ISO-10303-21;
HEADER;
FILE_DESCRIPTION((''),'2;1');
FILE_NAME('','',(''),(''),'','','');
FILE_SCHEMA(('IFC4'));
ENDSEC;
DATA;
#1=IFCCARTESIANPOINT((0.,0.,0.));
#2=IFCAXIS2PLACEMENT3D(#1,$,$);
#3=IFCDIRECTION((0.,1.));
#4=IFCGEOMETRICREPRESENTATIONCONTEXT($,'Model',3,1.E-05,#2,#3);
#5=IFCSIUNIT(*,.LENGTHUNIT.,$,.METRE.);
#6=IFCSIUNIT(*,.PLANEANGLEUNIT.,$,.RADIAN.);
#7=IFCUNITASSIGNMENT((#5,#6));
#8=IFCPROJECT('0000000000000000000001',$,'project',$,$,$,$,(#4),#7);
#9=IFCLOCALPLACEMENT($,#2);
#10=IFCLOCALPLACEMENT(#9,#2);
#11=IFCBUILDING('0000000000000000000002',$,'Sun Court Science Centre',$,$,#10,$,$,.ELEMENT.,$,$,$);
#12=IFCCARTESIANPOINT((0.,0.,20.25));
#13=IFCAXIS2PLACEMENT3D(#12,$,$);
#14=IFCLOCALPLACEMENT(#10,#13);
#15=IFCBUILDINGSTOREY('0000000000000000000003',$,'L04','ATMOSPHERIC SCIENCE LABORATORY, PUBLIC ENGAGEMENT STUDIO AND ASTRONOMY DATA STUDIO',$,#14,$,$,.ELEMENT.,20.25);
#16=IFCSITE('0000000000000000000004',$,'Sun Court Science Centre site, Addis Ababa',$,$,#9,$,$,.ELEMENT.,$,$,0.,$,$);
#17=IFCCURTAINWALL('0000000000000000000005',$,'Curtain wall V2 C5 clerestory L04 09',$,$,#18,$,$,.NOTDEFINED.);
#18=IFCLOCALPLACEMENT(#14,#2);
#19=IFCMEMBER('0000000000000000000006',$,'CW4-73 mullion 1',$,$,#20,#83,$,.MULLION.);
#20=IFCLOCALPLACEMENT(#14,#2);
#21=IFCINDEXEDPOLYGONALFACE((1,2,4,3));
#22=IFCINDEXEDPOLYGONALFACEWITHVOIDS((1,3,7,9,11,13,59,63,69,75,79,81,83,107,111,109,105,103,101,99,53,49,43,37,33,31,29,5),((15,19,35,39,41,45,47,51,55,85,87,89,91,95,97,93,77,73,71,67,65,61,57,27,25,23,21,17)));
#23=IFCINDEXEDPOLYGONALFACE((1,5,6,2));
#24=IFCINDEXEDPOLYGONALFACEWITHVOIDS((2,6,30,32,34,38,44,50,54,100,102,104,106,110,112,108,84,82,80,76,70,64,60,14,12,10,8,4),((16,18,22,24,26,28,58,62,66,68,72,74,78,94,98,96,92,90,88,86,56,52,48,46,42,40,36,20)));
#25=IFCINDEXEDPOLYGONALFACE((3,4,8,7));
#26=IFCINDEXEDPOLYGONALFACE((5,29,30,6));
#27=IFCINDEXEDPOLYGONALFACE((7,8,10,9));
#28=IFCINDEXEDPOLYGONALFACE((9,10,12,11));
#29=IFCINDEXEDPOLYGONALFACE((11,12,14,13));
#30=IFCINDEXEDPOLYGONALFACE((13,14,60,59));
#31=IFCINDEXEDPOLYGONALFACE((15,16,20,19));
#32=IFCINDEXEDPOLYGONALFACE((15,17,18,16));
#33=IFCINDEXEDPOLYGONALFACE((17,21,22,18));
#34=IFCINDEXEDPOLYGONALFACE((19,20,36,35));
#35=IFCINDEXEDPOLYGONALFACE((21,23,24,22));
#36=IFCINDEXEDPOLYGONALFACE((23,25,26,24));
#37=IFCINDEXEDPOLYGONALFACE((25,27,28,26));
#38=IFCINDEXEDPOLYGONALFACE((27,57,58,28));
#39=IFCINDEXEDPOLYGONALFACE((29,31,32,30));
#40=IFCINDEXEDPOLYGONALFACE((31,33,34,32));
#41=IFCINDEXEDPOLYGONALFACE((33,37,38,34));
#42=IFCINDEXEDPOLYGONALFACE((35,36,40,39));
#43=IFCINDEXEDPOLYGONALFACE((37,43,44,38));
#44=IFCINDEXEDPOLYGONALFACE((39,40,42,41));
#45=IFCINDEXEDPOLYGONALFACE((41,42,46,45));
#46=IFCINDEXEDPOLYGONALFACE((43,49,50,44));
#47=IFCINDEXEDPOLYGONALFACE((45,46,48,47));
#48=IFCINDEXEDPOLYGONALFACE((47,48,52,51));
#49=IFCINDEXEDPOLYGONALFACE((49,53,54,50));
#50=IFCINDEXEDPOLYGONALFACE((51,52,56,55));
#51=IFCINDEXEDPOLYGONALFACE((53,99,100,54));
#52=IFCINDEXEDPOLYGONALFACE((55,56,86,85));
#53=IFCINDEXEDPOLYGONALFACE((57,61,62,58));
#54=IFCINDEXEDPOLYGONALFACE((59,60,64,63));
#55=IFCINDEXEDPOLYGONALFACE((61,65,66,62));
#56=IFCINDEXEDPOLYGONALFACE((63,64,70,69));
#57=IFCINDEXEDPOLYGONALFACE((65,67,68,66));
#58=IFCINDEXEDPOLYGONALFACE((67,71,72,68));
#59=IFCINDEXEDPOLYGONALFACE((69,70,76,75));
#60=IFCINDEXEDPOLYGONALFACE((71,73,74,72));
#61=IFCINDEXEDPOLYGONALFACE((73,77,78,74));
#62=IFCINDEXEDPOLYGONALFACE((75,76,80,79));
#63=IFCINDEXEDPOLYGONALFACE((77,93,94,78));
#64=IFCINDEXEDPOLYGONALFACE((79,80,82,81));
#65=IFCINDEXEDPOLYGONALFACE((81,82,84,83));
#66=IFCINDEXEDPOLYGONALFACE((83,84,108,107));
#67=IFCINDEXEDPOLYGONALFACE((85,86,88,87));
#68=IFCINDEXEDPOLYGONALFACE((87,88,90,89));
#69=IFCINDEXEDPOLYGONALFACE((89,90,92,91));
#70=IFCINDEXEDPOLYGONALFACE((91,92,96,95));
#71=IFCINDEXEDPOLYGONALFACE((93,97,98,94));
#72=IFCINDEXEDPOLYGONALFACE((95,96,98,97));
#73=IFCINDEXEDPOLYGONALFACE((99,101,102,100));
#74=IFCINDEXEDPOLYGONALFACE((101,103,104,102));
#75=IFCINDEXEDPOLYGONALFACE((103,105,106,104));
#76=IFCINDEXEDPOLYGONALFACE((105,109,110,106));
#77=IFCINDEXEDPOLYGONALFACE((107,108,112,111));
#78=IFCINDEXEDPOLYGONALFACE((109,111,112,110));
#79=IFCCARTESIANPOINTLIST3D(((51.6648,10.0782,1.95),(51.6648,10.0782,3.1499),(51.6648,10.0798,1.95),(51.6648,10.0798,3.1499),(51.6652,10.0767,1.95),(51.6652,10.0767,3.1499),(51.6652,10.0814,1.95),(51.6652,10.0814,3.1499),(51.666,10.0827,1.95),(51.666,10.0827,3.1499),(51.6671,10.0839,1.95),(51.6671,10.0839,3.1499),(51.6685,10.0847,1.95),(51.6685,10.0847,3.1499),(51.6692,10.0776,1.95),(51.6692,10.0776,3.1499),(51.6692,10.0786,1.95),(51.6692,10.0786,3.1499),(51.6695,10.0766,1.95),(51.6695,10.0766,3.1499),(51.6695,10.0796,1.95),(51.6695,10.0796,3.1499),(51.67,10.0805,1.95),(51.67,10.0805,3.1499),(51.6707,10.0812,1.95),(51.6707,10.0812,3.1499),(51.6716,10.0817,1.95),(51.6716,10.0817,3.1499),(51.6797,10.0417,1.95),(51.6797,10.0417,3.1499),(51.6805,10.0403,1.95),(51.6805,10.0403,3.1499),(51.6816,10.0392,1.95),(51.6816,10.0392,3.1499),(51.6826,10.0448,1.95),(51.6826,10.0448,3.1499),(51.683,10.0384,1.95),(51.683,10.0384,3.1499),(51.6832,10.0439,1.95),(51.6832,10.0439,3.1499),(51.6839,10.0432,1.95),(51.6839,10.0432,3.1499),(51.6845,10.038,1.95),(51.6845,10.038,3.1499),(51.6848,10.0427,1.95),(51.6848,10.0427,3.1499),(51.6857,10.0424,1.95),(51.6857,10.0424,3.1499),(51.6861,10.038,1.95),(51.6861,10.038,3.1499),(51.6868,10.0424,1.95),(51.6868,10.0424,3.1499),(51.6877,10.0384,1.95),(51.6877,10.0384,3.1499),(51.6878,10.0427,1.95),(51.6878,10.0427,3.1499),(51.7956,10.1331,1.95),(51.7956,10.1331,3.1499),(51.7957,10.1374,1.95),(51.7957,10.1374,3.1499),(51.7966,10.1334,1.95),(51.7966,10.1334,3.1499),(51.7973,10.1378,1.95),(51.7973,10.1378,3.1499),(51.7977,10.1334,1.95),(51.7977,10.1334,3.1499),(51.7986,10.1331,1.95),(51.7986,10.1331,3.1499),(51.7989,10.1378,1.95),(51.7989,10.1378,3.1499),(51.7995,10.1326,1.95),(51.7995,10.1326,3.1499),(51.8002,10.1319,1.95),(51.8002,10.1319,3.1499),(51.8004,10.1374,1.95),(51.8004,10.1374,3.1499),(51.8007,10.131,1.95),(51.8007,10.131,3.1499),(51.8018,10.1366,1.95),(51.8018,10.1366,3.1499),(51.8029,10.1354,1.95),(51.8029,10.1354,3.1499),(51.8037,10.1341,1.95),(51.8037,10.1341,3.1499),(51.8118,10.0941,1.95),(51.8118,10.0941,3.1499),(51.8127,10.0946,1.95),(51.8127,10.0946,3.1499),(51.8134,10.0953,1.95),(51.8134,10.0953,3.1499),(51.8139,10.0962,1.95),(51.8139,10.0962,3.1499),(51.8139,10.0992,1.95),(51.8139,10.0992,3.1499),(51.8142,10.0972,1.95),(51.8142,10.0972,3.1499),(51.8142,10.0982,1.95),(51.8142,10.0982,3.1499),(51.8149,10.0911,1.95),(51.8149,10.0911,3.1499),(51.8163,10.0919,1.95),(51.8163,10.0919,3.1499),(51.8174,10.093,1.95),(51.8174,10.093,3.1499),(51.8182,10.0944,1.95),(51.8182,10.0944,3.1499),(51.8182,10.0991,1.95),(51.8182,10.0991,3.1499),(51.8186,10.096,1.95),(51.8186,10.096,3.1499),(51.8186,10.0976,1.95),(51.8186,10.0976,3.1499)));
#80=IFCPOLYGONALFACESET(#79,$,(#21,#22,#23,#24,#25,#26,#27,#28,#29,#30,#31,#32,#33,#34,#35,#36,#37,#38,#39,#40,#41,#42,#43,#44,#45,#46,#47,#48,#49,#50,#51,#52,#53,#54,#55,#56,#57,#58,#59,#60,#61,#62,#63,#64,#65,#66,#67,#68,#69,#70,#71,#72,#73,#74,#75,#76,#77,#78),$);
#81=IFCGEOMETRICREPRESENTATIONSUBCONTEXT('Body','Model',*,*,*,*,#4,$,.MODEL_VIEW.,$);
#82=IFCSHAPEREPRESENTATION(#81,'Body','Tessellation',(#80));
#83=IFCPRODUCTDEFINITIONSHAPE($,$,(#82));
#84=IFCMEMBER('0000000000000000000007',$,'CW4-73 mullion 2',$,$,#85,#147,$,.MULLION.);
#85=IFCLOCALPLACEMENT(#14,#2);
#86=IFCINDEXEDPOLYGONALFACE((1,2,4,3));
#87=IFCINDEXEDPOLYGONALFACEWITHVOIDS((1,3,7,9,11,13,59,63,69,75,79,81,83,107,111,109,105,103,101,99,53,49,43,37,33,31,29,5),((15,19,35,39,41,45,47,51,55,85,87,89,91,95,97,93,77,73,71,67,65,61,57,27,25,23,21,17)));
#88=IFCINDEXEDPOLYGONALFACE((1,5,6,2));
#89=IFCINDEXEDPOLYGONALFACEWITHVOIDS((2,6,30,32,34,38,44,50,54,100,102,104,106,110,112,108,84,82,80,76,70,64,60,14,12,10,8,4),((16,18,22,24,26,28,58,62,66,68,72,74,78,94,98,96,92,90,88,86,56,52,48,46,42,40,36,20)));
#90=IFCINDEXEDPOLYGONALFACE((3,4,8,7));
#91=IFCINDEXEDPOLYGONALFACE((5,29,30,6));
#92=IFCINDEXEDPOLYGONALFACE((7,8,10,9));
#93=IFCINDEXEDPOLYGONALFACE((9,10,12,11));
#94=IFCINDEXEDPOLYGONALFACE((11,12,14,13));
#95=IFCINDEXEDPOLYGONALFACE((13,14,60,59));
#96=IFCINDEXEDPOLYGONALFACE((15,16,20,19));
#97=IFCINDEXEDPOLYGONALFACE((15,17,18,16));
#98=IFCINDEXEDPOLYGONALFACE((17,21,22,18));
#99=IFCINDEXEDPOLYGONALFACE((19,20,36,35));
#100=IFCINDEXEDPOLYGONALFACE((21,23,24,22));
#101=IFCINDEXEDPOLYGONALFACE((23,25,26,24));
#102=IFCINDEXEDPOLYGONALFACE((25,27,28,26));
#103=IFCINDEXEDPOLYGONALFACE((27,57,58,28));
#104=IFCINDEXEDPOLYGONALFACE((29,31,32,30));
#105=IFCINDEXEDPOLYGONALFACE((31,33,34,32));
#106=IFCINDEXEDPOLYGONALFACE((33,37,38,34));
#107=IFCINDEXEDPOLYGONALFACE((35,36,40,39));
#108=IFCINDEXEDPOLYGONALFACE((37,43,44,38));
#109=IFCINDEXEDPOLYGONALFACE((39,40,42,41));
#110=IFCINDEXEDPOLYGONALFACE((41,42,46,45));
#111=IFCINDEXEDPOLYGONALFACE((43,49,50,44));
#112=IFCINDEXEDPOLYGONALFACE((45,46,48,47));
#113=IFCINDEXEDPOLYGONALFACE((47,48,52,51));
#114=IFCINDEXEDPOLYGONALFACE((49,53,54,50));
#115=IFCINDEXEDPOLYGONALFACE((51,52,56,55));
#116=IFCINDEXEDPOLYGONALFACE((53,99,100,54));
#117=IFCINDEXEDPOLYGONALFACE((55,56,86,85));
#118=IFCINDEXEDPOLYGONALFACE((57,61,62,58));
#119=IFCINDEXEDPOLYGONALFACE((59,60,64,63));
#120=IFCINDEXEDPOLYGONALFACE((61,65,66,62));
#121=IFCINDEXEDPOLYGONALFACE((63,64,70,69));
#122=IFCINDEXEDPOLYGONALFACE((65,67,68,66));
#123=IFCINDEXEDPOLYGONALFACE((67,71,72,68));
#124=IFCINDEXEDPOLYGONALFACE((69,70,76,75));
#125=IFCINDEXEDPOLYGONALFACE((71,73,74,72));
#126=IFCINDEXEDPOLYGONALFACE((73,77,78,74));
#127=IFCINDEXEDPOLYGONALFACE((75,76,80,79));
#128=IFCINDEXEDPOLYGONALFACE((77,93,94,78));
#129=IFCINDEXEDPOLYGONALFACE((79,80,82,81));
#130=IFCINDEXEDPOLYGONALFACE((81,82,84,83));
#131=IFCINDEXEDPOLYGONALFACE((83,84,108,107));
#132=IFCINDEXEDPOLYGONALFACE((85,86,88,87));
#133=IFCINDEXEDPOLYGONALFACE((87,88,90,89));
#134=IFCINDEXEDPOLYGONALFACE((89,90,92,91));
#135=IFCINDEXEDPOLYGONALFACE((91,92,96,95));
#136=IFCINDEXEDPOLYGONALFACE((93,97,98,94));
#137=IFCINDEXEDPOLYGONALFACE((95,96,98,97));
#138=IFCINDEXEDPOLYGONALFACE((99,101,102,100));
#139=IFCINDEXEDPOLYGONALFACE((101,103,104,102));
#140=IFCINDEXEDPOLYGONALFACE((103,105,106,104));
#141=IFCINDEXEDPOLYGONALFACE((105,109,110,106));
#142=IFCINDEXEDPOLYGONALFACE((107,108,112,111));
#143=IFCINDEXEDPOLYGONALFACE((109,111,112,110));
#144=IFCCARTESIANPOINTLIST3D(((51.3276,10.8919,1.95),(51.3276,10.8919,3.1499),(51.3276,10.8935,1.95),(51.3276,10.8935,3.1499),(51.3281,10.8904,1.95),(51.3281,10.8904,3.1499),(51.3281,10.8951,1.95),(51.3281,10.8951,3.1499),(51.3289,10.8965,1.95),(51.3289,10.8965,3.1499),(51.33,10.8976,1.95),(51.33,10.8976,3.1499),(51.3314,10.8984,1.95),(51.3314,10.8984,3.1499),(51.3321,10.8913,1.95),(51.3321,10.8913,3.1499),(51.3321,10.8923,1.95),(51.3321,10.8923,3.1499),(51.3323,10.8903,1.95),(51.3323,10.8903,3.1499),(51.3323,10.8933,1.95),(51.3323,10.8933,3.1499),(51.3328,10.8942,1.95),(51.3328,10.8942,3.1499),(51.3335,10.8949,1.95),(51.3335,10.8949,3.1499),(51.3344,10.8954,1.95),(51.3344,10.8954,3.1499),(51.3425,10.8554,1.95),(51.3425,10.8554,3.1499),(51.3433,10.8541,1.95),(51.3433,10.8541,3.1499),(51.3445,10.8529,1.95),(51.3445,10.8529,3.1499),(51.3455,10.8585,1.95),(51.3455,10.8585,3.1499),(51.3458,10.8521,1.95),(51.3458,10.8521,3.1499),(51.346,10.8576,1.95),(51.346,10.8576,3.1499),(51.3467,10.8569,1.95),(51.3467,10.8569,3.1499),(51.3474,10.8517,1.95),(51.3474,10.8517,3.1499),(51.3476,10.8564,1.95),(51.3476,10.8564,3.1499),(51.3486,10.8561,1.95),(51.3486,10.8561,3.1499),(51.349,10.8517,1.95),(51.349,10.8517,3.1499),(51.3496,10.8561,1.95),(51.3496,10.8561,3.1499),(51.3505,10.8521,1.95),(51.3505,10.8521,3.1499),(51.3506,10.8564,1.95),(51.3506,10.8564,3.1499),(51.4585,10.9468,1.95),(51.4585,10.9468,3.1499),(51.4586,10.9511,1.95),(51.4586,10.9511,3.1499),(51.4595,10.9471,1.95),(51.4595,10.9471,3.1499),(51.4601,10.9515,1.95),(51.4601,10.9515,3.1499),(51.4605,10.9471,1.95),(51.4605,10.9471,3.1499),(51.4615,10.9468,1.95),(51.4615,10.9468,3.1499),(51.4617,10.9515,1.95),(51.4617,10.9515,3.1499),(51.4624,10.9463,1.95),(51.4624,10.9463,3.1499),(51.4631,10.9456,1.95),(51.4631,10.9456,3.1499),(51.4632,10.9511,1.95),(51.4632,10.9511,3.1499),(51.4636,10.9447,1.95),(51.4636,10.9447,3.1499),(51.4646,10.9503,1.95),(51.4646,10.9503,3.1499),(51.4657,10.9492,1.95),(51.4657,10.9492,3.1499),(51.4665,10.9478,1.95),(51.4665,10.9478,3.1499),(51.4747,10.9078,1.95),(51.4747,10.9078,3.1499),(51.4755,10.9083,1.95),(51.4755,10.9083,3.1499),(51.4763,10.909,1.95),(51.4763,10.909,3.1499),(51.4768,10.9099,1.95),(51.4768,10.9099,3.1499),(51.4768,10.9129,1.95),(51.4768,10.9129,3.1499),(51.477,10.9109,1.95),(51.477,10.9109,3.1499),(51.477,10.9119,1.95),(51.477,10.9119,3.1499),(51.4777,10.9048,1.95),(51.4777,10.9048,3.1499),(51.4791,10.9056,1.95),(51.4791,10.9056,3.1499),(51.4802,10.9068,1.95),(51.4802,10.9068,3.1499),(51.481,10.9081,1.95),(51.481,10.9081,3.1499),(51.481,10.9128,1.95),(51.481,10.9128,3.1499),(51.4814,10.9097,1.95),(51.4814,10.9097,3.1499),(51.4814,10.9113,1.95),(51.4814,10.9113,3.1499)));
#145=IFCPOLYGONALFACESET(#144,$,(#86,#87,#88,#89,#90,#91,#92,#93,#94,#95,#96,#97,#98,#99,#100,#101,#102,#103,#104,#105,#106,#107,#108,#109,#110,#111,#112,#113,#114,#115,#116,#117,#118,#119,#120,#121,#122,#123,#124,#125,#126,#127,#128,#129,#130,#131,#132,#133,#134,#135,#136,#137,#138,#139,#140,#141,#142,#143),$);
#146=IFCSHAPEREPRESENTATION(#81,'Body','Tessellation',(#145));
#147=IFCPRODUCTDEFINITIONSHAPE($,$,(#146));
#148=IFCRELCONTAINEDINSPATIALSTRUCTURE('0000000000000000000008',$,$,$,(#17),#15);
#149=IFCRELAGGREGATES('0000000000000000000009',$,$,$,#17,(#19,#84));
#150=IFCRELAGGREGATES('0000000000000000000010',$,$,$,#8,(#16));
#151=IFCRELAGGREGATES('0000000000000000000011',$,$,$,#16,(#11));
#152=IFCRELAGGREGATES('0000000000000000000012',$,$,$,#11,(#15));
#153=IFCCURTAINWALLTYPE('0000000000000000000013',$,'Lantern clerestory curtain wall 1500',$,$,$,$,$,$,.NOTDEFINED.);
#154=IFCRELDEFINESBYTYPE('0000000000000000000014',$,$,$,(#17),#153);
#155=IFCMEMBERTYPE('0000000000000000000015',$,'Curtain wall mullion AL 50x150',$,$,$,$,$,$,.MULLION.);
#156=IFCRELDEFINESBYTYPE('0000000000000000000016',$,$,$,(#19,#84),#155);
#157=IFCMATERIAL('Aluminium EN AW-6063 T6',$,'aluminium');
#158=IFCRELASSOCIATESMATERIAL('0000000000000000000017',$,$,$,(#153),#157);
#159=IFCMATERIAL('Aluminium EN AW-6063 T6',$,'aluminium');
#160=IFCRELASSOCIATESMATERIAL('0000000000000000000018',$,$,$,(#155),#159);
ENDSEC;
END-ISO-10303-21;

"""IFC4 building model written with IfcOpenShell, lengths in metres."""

from ifc_helpers import new_model, si_unit, direction, frame, origin, origin_2d, place, context, subcontext, project, spatial, hollow_rectangle, extrude, material, material_profile, profile_set, type_object, element, aggregate, save


model = new_model("IFC4")

# Units and contexts
model_context = context("Model", 3, precision=1e-05, world=origin(), true_north=direction((0.0, 1.0)))
body_context = subcontext(model_context, "Body", "Model", "MODEL_VIEW")
ifc_project = project(units=[si_unit("LENGTHUNIT", "METRE"), si_unit("PLANEANGLEUNIT", "RADIAN")], contexts=[model_context])

# Site, building, storey
site_placement = place(None, origin())
site = spatial("IfcSite", under=ifc_project, at=site_placement, Name="Sun Court Science Centre site, Addis Ababa", CompositionType="ELEMENT", RefElevation=0.0)
building_placement = place(site_placement, origin())
building = spatial("IfcBuilding", under=site, at=building_placement, Name="Sun Court Science Centre", CompositionType="ELEMENT")
storey_placement = place(building_placement, frame((0.0, 0.0, 20.25)))
storey = spatial("IfcBuildingStorey", under=building, at=storey_placement, Name="L04", Description="ATMOSPHERIC SCIENCE LABORATORY, PUBLIC ENGAGEMENT STUDIO AND ASTRONOMY DATA STUDIO", CompositionType="ELEMENT", Elevation=20.25)

# Curtain wall, members
ifc_material_1 = material(Name="Aluminium EN AW-6063 T6", Category="aluminium")
curtain_wall_type = type_object("IfcCurtainWallType", Name="Lantern clerestory curtain wall 1500", PredefinedType="NOTDEFINED", material=ifc_material_1)
ifc_material_2 = material(Name="Aluminium EN AW-6063 T6", Category="aluminium")
ifc_material_profile_1 = material_profile(ifc_material_2, hollow_rectangle(XDim=0.05, YDim=0.1499, WallThickness=0.0039, InnerFilletRadius=0.0039, OuterFilletRadius=0.0061, at=origin_2d()), Name="AL 50x150x4")
ifc_profile_set_1 = profile_set([ifc_material_profile_1], Name="Aluminium EN AW-6063 T6")
member_type_1 = type_object("IfcMemberType", Name="Curtain wall mullion AL 50x150", PredefinedType="MULLION", material=ifc_profile_set_1)
curtain_wall_1_placement = place(storey_placement, origin())
curtain_wall_1 = element("IfcCurtainWall", 1, at=curtain_wall_1_placement, inside=storey, type_object=curtain_wall_type, Name="Curtain wall V2 C5 clerestory L04 09", PredefinedType="NOTDEFINED")
member_1_placement = place(storey_placement, frame((51.7417, 10.0879, 1.95), z_axis=(0.0, 0.0, 1.0), x_axis=(-0.382683, 0.92388, 0.0)))
member_1 = element("IfcMember", 2, at=member_1_placement, type_object=member_type_1, Name="CW4-73 mullion 1", PredefinedType="MULLION", context=body_context, shape_type="SweptSolid", body=[
    extrude(hollow_rectangle(XDim=0.05, YDim=0.1499, WallThickness=0.0039, InnerFilletRadius=0.0039, OuterFilletRadius=0.0061, at=origin_2d()), origin(), (0.0, 0.0, 1.0), 1.2),
])
member_2_placement = place(storey_placement, frame((51.4045, 10.9016, 1.95), z_axis=(0.0, 0.0, 1.0), x_axis=(-0.382683, 0.92388, 0.0)))
member_2 = element("IfcMember", 3, at=member_2_placement, type_object=member_type_1, Name="CW4-73 mullion 2", PredefinedType="MULLION", context=body_context, shape_type="SweptSolid", body=[
    extrude(hollow_rectangle(XDim=0.05, YDim=0.1499, WallThickness=0.0039, InnerFilletRadius=0.0039, OuterFilletRadius=0.0061, at=origin_2d()), origin(), (0.0, 0.0, 1.0), 1.2),
])

aggregate(curtain_wall_1, [member_1, member_2])

save(model, "model.ifc")
